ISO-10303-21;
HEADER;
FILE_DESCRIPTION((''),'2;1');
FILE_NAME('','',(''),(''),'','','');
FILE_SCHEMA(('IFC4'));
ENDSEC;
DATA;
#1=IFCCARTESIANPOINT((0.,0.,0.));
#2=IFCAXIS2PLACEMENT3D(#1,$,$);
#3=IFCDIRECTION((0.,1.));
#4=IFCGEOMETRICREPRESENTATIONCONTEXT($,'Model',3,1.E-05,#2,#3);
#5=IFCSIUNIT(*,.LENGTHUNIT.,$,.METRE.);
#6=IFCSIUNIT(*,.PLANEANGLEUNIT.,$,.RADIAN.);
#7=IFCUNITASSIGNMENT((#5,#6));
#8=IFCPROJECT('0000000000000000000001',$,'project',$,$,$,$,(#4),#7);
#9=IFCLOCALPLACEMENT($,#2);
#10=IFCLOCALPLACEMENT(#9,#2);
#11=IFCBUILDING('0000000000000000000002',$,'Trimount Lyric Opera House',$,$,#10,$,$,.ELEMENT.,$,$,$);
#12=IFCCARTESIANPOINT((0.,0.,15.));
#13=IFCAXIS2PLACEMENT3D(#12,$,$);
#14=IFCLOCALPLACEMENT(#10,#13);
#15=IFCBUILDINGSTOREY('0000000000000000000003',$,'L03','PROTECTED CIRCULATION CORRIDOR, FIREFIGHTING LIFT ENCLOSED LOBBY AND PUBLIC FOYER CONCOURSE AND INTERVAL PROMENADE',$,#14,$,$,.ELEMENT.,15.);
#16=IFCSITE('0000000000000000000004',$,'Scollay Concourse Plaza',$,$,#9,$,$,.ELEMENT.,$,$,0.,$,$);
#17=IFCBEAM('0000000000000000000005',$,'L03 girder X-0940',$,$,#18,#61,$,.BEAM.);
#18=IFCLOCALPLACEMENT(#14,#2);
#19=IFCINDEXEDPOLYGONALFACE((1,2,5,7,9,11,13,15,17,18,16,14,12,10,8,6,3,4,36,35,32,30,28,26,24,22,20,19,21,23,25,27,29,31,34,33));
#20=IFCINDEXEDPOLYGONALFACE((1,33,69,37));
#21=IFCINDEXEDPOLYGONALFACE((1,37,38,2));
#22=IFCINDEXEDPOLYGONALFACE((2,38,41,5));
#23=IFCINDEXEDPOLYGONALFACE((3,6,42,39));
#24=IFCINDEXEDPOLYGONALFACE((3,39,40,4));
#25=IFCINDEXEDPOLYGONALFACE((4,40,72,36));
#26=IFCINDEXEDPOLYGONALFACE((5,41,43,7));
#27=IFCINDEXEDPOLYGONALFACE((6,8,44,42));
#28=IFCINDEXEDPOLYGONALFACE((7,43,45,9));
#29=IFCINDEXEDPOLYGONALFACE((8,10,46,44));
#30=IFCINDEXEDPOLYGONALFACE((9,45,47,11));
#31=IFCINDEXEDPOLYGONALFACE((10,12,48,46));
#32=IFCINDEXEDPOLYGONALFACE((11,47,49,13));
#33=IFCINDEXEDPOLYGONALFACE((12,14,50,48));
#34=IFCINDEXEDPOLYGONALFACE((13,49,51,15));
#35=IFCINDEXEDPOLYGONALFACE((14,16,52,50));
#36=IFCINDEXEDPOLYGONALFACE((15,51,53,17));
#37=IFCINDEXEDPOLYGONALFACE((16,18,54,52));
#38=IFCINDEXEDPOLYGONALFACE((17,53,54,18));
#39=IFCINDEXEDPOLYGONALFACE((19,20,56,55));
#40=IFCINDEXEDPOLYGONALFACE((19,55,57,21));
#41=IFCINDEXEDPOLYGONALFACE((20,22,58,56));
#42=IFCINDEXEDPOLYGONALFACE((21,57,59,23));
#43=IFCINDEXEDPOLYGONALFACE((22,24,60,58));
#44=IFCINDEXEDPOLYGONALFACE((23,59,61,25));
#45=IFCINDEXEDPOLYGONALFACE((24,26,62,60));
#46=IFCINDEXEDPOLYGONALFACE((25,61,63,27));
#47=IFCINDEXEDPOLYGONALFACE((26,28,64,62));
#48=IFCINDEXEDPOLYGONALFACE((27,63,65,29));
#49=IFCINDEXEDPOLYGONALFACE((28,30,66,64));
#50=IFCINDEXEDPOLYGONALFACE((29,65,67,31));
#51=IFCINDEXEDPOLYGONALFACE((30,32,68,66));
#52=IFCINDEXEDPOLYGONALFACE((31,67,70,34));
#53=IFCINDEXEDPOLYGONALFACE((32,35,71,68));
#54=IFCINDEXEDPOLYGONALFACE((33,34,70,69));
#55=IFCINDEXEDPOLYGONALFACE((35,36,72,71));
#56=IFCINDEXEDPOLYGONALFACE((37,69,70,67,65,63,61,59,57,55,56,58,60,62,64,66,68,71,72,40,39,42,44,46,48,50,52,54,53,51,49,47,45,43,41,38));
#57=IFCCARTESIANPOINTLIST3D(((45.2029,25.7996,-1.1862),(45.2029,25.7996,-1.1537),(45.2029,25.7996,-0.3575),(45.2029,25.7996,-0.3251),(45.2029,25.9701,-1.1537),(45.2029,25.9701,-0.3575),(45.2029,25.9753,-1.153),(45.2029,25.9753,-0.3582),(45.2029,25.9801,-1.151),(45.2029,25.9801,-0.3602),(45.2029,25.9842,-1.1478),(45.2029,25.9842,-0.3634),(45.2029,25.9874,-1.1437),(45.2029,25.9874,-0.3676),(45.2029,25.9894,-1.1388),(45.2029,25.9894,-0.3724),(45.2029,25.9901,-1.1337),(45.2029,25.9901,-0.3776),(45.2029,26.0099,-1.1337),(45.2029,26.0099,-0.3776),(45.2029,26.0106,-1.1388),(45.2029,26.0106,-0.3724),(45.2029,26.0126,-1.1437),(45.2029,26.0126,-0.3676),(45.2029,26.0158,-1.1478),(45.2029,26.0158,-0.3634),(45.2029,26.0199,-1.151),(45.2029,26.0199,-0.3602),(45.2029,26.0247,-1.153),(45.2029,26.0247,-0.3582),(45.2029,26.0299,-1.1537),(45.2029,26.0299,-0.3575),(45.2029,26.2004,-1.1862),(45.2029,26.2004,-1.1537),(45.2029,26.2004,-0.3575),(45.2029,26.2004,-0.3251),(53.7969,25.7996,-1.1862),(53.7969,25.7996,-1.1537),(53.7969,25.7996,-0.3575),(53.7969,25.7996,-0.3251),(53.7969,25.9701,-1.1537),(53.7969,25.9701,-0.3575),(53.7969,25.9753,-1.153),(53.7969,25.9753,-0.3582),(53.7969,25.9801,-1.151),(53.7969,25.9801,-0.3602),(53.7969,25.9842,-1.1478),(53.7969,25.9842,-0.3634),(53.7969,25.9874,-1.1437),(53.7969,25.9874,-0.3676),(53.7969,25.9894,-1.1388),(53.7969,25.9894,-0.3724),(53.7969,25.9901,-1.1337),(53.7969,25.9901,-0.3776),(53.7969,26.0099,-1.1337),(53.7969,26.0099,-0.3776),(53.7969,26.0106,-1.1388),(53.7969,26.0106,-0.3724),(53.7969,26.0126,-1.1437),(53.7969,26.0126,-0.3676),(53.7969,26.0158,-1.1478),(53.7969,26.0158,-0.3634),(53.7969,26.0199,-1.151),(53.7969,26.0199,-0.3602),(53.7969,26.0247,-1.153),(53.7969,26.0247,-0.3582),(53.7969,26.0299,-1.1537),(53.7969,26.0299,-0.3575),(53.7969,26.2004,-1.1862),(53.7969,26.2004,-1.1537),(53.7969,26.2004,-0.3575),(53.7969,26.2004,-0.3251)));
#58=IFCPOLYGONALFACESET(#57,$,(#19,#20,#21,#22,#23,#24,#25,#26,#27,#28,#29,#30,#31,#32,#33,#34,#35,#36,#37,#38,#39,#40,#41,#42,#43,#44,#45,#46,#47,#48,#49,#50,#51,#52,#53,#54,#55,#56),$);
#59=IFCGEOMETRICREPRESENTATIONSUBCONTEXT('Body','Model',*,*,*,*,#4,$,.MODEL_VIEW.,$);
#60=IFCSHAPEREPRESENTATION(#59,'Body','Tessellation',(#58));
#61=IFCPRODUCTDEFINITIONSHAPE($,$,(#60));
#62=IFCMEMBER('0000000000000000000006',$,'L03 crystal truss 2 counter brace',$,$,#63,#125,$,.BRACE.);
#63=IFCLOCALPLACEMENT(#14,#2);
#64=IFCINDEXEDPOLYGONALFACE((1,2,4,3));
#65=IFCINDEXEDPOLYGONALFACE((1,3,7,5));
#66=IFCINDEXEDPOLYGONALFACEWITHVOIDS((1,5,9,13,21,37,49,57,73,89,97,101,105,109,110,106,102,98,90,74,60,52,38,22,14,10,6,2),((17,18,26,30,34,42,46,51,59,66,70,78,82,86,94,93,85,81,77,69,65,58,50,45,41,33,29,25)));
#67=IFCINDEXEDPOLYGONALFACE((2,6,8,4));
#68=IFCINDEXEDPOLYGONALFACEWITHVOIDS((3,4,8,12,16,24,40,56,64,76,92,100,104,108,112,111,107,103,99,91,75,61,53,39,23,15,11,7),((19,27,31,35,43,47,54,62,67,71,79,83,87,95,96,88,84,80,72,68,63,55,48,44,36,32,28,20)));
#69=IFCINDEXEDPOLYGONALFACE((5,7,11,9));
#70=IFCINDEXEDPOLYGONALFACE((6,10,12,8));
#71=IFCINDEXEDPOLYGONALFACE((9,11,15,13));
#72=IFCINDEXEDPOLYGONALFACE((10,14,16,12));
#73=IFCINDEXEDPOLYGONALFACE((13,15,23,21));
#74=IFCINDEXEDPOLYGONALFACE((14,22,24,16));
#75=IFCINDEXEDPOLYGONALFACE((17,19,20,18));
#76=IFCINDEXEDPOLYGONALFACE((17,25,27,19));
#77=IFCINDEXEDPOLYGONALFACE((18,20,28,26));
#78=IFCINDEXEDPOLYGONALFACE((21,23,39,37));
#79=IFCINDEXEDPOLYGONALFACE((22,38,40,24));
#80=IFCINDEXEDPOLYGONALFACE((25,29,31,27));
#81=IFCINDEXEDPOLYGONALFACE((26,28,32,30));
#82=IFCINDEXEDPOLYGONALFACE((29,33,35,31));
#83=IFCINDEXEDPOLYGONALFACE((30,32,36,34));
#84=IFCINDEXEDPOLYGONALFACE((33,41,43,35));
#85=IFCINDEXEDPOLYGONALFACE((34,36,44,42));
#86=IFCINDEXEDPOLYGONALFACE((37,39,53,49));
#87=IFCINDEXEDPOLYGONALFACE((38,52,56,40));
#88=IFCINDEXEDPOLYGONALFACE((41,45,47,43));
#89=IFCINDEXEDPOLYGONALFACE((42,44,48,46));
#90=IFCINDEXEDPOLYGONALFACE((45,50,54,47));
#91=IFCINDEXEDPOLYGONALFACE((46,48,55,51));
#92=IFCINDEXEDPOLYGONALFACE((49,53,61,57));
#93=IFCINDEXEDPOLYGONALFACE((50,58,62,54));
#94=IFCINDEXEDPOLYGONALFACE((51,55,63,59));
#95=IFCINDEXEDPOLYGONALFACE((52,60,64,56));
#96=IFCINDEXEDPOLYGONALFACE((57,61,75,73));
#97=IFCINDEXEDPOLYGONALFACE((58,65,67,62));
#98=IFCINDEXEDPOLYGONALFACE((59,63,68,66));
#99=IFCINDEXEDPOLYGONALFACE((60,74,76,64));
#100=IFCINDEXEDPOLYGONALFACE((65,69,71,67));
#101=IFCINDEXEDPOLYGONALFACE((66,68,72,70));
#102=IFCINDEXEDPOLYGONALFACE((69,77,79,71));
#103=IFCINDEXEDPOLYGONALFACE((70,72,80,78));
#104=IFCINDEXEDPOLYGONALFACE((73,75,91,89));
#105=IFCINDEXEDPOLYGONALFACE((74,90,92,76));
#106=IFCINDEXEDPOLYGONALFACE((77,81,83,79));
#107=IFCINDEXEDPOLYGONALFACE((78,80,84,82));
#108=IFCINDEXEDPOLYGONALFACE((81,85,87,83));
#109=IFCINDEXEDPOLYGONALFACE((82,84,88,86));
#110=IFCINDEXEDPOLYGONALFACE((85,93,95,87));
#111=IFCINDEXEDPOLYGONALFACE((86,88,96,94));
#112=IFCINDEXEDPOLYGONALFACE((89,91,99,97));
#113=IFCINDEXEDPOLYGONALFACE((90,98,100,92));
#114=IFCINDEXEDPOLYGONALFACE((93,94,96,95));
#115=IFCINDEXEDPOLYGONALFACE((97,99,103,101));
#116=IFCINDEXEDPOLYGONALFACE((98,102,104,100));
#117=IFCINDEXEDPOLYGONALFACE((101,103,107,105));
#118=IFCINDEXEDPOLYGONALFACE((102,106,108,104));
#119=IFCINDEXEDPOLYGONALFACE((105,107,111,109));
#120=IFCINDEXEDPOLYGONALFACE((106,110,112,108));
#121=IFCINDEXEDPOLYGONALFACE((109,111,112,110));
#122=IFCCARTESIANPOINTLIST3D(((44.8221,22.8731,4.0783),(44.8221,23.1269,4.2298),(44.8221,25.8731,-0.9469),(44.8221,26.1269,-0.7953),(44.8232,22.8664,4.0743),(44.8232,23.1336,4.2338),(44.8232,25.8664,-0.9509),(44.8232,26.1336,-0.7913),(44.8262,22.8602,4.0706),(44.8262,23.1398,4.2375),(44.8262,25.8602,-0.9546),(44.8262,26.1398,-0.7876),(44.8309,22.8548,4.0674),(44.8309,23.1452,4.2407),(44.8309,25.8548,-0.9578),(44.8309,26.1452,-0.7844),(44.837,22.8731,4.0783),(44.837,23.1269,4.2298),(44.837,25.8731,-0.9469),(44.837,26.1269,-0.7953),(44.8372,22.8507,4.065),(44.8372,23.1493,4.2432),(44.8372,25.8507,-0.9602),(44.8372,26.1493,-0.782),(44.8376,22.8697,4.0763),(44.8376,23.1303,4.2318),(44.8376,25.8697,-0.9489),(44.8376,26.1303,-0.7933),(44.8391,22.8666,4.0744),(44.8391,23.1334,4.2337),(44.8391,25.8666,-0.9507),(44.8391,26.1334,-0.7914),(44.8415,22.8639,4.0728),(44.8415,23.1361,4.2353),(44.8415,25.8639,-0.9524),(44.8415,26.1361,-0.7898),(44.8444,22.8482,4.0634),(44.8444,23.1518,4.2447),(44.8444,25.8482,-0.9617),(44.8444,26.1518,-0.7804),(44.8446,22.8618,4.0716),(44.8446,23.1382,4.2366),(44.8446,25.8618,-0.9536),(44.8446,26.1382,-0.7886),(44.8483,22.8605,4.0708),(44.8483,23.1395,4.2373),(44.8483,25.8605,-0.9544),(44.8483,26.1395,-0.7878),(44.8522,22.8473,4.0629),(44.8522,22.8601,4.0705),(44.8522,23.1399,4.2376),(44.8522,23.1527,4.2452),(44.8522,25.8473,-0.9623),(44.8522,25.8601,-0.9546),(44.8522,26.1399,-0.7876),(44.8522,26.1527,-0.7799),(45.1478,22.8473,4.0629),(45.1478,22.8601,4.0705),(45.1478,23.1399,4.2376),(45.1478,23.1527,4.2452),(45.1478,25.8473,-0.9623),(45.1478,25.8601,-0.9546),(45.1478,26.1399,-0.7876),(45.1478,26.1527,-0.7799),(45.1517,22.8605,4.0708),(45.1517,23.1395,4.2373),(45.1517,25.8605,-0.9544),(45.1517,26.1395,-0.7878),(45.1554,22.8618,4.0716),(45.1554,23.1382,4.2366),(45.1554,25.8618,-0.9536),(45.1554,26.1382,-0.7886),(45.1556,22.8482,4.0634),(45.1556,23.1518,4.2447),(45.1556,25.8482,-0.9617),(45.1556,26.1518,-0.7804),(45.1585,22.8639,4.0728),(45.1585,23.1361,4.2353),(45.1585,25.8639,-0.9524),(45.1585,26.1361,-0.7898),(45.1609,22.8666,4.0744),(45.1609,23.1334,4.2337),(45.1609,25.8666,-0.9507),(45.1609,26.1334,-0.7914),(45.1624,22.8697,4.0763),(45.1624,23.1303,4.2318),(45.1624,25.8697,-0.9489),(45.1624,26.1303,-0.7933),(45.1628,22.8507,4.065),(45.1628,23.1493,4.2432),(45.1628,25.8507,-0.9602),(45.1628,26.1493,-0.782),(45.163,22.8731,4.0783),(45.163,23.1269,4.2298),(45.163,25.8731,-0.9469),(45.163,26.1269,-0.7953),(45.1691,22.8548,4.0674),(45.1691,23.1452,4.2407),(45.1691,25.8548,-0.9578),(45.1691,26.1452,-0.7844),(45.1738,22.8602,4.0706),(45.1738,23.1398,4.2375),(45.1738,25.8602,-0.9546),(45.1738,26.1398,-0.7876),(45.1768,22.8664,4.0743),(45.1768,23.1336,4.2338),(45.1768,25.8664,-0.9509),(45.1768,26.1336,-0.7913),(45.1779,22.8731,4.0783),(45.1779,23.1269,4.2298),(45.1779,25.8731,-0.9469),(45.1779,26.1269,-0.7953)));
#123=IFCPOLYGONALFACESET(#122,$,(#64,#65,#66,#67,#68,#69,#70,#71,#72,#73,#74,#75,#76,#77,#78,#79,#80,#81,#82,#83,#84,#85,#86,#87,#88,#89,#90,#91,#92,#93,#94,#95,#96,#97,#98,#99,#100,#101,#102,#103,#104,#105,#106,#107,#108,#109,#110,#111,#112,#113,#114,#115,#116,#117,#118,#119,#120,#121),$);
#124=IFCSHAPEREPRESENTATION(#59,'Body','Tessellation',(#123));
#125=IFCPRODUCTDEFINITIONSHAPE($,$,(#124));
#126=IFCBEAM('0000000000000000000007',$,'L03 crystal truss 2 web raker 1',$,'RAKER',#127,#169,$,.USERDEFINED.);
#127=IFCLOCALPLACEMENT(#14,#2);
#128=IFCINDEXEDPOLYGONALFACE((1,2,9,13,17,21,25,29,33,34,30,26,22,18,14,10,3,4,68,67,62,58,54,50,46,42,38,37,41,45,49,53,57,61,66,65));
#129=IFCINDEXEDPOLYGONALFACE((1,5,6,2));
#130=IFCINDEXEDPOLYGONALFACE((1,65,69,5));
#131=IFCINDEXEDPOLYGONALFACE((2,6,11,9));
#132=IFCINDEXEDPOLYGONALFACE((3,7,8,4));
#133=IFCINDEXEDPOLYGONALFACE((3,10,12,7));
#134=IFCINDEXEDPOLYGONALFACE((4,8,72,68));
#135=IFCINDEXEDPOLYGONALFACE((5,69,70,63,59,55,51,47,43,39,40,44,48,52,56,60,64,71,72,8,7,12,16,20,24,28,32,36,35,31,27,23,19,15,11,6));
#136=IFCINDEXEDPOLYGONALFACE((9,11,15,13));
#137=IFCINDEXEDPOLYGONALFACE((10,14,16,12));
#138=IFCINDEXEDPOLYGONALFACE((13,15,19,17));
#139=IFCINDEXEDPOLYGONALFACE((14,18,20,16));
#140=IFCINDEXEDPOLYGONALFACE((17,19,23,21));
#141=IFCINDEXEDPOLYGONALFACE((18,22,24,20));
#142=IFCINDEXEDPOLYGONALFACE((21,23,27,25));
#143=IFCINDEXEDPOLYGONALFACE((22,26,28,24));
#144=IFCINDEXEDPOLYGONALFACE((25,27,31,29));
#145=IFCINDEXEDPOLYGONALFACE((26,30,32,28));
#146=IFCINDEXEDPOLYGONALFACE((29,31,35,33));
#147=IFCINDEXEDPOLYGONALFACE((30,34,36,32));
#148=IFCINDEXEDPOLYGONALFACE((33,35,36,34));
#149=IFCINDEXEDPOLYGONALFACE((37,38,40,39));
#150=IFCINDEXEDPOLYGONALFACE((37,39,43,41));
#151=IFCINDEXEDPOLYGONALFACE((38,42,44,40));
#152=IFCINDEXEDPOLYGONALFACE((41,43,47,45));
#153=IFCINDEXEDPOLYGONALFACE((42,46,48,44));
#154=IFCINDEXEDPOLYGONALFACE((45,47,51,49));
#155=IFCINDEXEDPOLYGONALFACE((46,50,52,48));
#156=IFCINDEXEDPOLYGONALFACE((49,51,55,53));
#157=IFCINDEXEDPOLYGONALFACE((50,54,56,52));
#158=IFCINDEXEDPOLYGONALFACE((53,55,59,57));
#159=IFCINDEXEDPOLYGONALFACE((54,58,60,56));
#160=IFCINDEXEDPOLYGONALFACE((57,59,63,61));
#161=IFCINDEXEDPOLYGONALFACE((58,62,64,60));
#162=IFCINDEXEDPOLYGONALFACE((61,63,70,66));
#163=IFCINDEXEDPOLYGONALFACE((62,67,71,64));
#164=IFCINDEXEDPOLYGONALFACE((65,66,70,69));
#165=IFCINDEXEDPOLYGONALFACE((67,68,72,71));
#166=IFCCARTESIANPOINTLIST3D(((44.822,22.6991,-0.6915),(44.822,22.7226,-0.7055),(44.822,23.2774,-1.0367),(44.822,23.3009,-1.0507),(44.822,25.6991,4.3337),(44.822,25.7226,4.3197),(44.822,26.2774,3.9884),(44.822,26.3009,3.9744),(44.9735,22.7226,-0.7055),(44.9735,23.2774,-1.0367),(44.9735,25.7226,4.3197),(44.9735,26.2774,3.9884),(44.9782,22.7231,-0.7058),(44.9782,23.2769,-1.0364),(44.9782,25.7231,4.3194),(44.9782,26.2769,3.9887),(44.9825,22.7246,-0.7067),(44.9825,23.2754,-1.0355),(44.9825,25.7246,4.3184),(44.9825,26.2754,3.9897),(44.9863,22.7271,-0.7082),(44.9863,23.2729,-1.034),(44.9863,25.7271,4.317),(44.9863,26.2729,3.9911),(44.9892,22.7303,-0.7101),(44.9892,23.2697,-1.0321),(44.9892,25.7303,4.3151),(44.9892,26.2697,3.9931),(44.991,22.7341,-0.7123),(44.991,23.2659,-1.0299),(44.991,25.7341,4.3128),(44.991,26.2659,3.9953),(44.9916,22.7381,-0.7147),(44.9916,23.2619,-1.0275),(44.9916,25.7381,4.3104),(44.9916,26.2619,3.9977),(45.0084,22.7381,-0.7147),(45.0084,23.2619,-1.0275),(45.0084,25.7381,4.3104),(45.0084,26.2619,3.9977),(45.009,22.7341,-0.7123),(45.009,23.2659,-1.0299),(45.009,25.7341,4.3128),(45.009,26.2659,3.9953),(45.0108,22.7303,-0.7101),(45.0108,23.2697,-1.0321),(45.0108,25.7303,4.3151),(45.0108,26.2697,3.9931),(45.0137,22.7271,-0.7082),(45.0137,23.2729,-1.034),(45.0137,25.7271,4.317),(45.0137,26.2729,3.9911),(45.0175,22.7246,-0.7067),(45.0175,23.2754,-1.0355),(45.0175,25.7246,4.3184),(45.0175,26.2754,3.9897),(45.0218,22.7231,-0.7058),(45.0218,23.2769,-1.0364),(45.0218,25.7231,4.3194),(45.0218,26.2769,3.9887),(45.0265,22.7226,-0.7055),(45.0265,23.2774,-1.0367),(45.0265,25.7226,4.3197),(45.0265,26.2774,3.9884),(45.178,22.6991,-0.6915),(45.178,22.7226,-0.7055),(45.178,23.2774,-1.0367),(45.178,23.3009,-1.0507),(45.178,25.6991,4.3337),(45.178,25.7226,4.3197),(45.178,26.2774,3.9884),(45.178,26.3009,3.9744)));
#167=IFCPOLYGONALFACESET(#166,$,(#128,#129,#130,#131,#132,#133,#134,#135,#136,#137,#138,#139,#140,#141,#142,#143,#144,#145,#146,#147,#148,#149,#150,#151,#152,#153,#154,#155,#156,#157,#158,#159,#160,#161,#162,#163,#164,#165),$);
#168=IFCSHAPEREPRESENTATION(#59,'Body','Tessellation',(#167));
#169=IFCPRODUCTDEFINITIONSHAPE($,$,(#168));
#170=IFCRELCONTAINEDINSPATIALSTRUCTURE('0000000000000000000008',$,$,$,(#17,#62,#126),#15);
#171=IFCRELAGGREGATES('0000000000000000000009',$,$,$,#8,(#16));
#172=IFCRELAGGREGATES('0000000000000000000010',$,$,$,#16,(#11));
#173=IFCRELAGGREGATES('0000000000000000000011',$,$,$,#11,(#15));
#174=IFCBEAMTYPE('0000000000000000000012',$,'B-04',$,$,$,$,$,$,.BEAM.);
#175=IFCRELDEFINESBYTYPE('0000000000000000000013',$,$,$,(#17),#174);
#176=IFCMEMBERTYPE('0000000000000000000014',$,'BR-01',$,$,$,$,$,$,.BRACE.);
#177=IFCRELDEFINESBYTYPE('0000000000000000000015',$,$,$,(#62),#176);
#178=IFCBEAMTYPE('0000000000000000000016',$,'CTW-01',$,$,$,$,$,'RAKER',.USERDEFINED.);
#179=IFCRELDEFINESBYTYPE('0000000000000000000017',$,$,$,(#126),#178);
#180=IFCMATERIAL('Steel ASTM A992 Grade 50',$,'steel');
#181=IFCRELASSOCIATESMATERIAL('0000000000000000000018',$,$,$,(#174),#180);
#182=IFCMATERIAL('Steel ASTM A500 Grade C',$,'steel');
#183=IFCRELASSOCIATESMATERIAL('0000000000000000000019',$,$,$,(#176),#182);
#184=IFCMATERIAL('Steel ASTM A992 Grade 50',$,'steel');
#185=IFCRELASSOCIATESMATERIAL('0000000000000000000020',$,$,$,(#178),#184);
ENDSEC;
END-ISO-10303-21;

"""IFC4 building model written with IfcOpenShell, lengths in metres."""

from ifc_helpers import new_model, si_unit, direction, frame, origin, origin_2d, place, context, subcontext, project, spatial, hollow_rectangle, i_section, extrude, material, material_profile, profile_set, type_object, element, save


model = new_model("IFC4")

# Units and contexts
model_context = context("Model", 3, precision=1e-05, world=origin(), true_north=direction((0.0, 1.0)))
body_context = subcontext(model_context, "Body", "Model", "MODEL_VIEW")
ifc_project = project(units=[si_unit("LENGTHUNIT", "METRE"), si_unit("PLANEANGLEUNIT", "RADIAN")], contexts=[model_context])

# Site, building, storey
site_placement = place(None, origin())
site = spatial("IfcSite", under=ifc_project, at=site_placement, Name="Scollay Concourse Plaza", CompositionType="ELEMENT", RefElevation=0.0)
building_placement = place(site_placement, origin())
building = spatial("IfcBuilding", under=site, at=building_placement, Name="Trimount Lyric Opera House", CompositionType="ELEMENT")
storey_placement = place(building_placement, frame((0.0, 0.0, 15.0)))
storey = spatial("IfcBuildingStorey", under=building, at=storey_placement, Name="L03", Description="PROTECTED CIRCULATION CORRIDOR, FIREFIGHTING LIFT ENCLOSED LOBBY AND PUBLIC FOYER CONCOURSE AND INTERVAL PROMENADE", CompositionType="ELEMENT", Elevation=15.0)

# Beam
ifc_material_1 = material(Name="Steel ASTM A992 Grade 50", Category="steel")
ifc_material_profile_1 = material_profile(ifc_material_1, i_section(OverallWidth=0.4009, OverallDepth=0.8611, WebThickness=0.0198, FlangeThickness=0.0325, FilletRadius=0.02, at=origin_2d()), Name="W33X221")
ifc_profile_set_1 = profile_set([ifc_material_profile_1], Name="Steel ASTM A992 Grade 50")
beam_type_1 = type_object("IfcBeamType", Name="B-04", PredefinedType="BEAM", material=ifc_profile_set_1)
beam_1_placement = place(storey_placement, frame((45.2029, 26.0, -0.7556), z_axis=(1.0, 0.0, 0.0), x_axis=(0.0, 1.0, 0.0)))
element("IfcBeam", 1, at=beam_1_placement, inside=storey, type_object=beam_type_1, Name="L03 girder X-0940", PredefinedType="BEAM", context=body_context, shape_type="SweptSolid", body=[
    extrude(i_section(OverallWidth=0.4009, OverallDepth=0.8611, WebThickness=0.0198, FlangeThickness=0.0325, FilletRadius=0.02, at=origin_2d()), origin(), (0.0, 0.0, 1.0), 8.594),
])

# Member
ifc_material_2 = material(Name="Steel ASTM A500 Grade C", Category="steel")
ifc_material_profile_2 = material_profile(ifc_material_2, hollow_rectangle(XDim=0.3557, YDim=0.3557, WallThickness=0.0149, InnerFilletRadius=0.0151, OuterFilletRadius=0.03, at=origin_2d()), Name="HSS355.6X355.6X15.9")
ifc_profile_set_2 = profile_set([ifc_material_profile_2], Name="Steel ASTM A500 Grade C")
member_type_1 = type_object("IfcMemberType", Name="BR-01", PredefinedType="BRACE", material=ifc_profile_set_2)
member_1_placement = place(storey_placement, frame((45.0, 26.0, -0.8711), z_axis=(0.0, -0.512599, 0.858628), x_axis=(1.0, 0.0, 0.0)))
element("IfcMember", 2, at=member_1_placement, inside=storey, type_object=member_type_1, Name="L03 crystal truss 2 counter brace", PredefinedType="BRACE", context=body_context, shape_type="SweptSolid", body=[
    extrude(hollow_rectangle(XDim=0.3557, YDim=0.3557, WallThickness=0.0149, InnerFilletRadius=0.0151, OuterFilletRadius=0.03, at=origin_2d()), origin(), (0.0, 0.0, 1.0), 5.8525),
])

# Beam
ifc_material_3 = material(Name="Steel ASTM A992 Grade 50", Category="steel")
ifc_material_profile_3 = material_profile(ifc_material_3, i_section(OverallWidth=0.356, OverallDepth=0.7009, WebThickness=0.0168, FlangeThickness=0.0273, FilletRadius=0.0181, at=origin_2d()), Name="W27X161")
ifc_profile_set_3 = profile_set([ifc_material_profile_3], Name="Steel ASTM A992 Grade 50")
beam_type_2 = type_object("IfcBeamType", Name="CTW-01", ElementType="RAKER", PredefinedType="USERDEFINED", material=ifc_profile_set_3)
beam_2_placement = place(storey_placement, frame((45.0, 26.0, 4.1541), z_axis=(0.0, -0.512599, -0.858628), x_axis=(1.0, 0.0, 0.0)))
element("IfcBeam", 3, at=beam_2_placement, inside=storey, type_object=beam_type_2, Name="L03 crystal truss 2 web raker 1", ObjectType="RAKER", PredefinedType="USERDEFINED", context=body_context, shape_type="SweptSolid", body=[
    extrude(i_section(OverallWidth=0.356, OverallDepth=0.7009, WebThickness=0.0168, FlangeThickness=0.0273, FilletRadius=0.0181, at=origin_2d()), origin(), (0.0, 0.0, 1.0), 5.8525),
])

save(model, "model.ifc")
